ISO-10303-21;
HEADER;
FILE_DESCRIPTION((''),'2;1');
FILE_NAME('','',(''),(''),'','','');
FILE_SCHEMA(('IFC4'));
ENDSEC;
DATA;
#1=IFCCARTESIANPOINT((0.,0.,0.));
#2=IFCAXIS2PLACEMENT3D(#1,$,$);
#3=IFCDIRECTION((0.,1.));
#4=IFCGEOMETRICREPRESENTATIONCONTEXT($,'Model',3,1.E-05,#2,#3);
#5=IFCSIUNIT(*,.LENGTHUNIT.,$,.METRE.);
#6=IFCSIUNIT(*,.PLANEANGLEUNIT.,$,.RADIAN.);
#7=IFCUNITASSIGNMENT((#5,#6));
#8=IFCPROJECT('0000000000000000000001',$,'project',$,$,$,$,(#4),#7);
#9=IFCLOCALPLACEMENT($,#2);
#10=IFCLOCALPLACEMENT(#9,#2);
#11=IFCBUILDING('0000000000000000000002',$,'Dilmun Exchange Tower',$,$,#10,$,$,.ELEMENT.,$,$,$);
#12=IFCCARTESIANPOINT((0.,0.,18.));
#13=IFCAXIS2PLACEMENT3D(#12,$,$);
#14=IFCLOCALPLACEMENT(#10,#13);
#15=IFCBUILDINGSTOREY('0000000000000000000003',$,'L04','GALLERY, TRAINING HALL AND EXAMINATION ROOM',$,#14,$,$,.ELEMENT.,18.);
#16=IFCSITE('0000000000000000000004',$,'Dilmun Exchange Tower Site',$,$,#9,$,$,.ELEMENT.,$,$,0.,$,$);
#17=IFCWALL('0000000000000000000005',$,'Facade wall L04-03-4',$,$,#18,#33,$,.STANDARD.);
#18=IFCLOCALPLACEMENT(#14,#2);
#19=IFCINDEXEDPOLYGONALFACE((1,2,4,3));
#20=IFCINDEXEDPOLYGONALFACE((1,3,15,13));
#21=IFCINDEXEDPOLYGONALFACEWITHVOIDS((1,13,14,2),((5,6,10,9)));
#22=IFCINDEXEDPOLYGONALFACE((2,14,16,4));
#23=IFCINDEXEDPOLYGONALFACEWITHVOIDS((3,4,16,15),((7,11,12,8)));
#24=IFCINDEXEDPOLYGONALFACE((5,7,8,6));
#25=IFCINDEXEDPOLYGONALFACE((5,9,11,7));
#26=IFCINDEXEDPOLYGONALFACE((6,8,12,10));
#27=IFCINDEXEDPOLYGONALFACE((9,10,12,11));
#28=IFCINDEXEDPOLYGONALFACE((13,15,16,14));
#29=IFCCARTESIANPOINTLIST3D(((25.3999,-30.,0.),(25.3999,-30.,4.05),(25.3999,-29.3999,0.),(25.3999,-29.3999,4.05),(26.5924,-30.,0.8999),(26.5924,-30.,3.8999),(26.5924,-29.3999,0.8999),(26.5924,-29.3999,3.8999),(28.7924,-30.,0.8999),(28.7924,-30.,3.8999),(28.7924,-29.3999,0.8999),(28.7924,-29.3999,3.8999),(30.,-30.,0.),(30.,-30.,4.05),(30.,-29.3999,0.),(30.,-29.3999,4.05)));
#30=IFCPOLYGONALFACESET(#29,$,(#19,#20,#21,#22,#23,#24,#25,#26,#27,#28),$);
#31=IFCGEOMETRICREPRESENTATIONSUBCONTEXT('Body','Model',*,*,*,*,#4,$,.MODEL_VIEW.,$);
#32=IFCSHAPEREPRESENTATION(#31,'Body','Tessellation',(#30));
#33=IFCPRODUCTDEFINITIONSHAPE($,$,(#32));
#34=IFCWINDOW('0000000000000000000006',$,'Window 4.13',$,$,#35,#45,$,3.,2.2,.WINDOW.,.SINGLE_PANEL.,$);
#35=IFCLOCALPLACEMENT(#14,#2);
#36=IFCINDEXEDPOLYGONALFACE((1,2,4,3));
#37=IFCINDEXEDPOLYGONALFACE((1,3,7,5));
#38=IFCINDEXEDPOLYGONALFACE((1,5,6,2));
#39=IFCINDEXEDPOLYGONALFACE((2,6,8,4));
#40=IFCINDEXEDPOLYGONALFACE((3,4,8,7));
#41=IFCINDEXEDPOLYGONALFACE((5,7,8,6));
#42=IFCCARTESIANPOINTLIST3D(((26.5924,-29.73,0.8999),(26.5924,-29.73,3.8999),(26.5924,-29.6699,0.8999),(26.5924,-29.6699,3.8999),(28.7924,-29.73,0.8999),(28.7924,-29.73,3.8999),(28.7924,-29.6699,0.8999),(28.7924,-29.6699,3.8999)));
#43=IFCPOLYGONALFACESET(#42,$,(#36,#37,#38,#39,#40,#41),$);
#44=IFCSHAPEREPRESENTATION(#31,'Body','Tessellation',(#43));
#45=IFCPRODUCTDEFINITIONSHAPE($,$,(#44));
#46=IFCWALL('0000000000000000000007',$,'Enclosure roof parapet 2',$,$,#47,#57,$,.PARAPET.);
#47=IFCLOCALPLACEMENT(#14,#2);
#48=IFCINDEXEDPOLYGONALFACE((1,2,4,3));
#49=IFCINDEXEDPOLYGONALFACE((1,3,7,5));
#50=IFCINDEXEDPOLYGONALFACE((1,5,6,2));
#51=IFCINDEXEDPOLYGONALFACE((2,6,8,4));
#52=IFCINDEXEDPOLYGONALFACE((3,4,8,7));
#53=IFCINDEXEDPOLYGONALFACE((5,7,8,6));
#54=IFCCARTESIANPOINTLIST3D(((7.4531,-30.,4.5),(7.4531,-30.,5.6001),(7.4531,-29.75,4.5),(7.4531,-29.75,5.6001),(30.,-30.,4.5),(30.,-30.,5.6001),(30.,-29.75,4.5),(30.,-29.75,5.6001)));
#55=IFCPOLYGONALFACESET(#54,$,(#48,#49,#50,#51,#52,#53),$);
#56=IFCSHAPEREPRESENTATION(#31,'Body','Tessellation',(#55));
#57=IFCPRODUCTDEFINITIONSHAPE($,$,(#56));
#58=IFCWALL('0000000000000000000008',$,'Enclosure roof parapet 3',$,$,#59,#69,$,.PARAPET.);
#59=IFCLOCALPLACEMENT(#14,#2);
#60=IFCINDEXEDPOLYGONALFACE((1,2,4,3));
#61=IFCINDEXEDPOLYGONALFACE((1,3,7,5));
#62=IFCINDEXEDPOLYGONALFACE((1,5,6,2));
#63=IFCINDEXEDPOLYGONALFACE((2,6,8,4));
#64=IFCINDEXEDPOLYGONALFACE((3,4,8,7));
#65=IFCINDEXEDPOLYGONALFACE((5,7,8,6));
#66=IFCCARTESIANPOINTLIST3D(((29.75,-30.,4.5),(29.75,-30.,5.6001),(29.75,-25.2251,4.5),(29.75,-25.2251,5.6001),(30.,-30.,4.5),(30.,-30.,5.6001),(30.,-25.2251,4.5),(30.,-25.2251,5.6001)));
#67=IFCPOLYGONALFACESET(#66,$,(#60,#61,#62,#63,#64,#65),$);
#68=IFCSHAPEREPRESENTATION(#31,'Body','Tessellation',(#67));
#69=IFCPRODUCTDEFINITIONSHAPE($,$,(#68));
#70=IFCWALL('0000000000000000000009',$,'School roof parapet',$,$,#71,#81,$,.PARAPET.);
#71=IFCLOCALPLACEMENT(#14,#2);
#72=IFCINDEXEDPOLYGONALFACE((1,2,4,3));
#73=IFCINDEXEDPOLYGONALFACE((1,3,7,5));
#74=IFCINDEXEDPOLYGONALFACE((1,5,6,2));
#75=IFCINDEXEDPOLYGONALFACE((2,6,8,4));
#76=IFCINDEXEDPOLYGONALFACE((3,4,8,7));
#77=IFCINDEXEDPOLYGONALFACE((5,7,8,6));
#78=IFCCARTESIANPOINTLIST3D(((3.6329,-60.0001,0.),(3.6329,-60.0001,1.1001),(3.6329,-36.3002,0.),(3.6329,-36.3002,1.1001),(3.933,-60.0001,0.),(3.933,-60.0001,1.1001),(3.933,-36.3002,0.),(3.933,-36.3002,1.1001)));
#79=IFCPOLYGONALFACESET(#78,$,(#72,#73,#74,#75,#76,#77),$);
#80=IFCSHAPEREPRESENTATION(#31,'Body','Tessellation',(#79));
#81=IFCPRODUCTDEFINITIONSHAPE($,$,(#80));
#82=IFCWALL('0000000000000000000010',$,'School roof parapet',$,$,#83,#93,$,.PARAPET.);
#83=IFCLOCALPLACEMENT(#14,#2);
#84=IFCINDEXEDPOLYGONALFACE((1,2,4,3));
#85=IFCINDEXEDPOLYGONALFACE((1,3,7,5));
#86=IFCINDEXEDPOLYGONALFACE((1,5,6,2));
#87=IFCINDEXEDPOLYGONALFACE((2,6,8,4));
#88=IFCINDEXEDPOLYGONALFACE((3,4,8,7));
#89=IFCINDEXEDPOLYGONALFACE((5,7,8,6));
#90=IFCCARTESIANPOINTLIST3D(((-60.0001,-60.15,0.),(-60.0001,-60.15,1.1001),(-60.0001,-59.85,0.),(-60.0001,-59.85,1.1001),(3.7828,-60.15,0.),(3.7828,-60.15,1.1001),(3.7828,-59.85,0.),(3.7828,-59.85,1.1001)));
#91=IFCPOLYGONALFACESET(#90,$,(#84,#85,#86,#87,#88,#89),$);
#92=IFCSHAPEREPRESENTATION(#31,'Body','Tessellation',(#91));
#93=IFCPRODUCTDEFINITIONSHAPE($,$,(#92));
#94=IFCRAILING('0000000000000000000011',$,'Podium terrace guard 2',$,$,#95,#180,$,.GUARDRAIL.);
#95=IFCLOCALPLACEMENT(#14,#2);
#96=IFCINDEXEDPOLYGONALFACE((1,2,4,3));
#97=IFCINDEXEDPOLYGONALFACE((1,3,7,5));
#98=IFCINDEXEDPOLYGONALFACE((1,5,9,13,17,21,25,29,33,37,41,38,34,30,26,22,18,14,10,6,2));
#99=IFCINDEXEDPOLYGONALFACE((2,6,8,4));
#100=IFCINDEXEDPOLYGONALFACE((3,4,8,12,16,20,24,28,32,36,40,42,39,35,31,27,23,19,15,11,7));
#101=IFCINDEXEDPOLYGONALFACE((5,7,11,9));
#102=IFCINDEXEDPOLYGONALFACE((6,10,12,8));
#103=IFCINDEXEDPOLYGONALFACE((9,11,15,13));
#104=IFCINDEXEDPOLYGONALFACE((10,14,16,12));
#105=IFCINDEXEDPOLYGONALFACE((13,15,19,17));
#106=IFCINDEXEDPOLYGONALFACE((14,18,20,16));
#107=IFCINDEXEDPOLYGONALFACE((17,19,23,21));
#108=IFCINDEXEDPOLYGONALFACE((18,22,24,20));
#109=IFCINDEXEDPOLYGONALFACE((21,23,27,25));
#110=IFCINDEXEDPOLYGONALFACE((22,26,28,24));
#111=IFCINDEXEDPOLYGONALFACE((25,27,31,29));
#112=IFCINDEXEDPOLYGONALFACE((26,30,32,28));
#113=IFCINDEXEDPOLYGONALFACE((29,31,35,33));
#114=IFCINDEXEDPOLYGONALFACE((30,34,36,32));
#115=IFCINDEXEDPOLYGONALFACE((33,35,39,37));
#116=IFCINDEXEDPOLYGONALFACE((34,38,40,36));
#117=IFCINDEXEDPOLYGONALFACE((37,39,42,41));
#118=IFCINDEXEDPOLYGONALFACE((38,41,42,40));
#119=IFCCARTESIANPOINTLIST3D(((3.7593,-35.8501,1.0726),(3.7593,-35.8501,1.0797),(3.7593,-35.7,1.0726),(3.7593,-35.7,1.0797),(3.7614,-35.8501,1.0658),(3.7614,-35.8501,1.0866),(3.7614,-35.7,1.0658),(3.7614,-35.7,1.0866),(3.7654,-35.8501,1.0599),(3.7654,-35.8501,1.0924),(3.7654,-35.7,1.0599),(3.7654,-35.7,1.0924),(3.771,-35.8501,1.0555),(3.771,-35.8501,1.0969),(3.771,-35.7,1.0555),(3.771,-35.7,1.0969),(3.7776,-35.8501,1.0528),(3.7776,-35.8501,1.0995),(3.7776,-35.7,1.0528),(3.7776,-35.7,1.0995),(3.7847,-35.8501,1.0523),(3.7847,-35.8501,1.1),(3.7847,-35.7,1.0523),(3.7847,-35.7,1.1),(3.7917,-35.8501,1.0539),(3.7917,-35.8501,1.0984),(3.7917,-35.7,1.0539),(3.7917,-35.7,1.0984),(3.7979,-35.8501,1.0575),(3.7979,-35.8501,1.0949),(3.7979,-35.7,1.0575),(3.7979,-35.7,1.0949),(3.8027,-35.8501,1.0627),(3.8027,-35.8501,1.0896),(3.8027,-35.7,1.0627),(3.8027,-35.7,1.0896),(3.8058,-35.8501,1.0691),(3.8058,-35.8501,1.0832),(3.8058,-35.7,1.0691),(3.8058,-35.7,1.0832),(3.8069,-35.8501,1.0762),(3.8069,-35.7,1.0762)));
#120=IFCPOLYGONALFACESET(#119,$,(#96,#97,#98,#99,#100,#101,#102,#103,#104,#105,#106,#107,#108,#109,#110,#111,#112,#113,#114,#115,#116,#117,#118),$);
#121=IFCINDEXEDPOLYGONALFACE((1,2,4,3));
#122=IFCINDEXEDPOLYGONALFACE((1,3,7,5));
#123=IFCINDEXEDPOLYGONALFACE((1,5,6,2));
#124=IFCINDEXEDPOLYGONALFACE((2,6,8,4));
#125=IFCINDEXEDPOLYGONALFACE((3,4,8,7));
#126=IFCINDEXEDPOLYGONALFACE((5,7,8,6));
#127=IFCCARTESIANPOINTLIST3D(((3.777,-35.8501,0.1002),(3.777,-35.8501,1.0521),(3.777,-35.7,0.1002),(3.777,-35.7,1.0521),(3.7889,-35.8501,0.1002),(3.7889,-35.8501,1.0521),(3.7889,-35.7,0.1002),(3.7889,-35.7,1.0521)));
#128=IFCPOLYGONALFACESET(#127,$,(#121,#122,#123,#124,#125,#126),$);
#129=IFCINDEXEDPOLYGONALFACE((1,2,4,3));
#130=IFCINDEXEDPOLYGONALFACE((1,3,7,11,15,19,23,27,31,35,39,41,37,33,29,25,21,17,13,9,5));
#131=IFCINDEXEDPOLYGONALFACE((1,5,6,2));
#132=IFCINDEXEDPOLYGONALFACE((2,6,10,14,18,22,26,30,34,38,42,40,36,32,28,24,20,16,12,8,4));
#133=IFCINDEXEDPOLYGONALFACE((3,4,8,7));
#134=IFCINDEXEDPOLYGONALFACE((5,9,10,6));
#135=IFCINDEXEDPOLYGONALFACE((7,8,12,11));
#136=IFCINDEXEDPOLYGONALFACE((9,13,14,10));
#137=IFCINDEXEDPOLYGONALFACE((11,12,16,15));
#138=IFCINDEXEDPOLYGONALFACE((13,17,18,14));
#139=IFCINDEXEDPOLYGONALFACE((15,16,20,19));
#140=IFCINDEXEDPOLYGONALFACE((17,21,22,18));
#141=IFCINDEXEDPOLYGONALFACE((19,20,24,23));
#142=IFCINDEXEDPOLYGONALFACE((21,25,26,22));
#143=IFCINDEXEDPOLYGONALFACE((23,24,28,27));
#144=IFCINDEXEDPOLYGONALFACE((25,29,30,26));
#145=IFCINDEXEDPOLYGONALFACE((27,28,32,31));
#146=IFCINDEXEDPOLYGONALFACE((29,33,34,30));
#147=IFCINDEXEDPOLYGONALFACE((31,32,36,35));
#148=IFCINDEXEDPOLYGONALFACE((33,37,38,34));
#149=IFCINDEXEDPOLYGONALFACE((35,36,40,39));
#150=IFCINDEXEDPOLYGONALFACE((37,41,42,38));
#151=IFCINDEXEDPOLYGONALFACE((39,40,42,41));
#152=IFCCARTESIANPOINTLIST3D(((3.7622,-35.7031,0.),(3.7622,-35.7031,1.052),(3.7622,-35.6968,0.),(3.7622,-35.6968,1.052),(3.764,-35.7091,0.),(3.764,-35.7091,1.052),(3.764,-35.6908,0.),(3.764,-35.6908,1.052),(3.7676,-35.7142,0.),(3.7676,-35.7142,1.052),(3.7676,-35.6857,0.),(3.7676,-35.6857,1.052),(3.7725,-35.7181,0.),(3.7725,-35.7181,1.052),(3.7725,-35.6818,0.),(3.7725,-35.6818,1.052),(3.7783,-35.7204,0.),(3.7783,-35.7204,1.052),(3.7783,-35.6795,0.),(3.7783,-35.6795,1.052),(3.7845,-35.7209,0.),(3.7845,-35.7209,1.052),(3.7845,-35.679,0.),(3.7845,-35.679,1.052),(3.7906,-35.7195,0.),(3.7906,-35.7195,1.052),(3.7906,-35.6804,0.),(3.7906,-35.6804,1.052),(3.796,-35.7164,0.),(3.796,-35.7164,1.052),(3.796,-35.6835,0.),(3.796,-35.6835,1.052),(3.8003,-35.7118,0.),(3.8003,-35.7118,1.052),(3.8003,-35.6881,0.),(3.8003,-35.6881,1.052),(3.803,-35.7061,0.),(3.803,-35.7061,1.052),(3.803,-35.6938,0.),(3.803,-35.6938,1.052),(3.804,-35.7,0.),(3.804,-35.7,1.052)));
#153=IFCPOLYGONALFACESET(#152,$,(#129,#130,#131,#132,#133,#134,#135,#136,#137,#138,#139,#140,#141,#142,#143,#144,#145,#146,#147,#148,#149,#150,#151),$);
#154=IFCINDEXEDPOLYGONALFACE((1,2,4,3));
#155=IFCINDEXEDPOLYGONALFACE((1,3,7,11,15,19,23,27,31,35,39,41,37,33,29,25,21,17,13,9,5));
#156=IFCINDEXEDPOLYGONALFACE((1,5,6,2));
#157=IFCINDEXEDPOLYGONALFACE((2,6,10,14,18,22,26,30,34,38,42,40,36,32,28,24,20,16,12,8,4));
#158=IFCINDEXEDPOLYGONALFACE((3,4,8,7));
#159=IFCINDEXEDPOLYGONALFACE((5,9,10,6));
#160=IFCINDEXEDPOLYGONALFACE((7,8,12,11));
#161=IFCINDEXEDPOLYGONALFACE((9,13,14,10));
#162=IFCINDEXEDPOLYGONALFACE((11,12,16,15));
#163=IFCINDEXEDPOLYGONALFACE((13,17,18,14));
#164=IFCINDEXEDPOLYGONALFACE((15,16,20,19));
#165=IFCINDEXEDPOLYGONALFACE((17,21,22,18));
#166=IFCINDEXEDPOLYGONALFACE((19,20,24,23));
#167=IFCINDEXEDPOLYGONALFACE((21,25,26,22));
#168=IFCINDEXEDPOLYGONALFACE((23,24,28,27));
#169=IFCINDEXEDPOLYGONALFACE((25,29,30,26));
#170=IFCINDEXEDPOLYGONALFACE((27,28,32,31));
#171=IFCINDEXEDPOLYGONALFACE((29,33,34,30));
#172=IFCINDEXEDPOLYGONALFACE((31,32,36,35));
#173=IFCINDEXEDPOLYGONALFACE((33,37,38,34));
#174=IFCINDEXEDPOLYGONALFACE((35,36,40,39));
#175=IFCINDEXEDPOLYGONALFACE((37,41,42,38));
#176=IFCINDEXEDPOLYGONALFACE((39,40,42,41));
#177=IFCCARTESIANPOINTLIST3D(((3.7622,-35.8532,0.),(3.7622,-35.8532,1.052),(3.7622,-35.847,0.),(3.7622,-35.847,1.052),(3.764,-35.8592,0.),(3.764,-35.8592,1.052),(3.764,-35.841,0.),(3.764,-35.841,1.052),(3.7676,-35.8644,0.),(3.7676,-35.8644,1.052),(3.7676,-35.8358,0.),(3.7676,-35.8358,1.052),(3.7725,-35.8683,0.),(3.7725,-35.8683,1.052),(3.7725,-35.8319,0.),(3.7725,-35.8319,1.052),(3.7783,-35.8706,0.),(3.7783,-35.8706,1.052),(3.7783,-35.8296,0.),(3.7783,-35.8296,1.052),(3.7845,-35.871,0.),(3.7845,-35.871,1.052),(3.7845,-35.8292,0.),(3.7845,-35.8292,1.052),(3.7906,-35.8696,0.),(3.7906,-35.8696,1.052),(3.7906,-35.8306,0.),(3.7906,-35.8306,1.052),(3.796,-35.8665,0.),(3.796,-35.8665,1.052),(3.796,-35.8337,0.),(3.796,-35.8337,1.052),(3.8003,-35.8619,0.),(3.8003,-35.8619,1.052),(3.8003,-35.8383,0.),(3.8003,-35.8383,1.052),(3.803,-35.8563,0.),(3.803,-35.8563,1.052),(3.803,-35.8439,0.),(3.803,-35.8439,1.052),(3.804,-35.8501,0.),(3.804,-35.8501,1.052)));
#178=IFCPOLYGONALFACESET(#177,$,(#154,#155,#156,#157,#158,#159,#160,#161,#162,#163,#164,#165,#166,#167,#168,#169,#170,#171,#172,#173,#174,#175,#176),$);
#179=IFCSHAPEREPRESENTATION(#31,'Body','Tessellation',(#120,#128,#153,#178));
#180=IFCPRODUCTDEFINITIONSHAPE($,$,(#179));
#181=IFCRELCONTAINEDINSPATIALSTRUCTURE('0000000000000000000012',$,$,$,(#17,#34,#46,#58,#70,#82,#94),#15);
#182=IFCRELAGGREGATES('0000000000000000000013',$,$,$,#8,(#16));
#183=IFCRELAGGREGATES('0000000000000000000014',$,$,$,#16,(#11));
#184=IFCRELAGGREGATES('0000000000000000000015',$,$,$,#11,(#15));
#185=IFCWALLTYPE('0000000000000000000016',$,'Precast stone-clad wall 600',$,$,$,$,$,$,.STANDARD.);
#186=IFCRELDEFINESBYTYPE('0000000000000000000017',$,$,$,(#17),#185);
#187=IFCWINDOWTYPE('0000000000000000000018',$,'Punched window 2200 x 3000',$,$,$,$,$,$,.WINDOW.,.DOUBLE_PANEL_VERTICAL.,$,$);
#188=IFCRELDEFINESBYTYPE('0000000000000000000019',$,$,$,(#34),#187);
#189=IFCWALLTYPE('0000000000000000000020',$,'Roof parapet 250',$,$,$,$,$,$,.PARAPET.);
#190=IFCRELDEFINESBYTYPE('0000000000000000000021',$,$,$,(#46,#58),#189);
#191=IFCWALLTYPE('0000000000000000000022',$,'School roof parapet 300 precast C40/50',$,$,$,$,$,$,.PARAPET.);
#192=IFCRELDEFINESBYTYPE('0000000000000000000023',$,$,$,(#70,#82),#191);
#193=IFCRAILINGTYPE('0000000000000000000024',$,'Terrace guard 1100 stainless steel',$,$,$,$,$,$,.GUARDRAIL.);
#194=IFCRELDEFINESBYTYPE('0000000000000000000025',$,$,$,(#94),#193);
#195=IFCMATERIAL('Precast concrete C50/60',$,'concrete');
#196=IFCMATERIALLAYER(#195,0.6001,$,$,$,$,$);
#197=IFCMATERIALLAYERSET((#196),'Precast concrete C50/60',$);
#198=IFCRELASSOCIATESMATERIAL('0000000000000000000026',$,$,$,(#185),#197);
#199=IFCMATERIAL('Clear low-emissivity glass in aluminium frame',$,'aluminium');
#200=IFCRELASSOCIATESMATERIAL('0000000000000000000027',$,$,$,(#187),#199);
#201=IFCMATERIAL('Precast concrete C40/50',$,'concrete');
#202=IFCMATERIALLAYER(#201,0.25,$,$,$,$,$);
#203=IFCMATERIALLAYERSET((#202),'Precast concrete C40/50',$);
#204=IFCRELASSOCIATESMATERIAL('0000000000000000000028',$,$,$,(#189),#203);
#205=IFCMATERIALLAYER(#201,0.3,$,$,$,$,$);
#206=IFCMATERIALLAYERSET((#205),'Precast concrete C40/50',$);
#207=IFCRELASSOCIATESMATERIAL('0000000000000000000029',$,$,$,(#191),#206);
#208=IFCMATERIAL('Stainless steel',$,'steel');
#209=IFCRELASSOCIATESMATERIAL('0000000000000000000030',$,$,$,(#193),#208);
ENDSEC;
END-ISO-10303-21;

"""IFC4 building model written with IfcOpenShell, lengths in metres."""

from ifc_helpers import new_model, si_unit, direction, frame, frame_2d, origin, origin_2d, place, context, subcontext, project, spatial, rectangle, circle, extrude, material, layer, layer_set, type_object, element, fill, save


model = new_model("IFC4")

# Units and contexts
model_context = context("Model", 3, precision=1e-05, world=origin(), true_north=direction((0.0, 1.0)))
body_context = subcontext(model_context, "Body", "Model", "MODEL_VIEW")
ifc_project = project(units=[si_unit("LENGTHUNIT", "METRE"), si_unit("PLANEANGLEUNIT", "RADIAN")], contexts=[model_context])

# Site, building, storey
site_placement = place(None, origin())
site = spatial("IfcSite", under=ifc_project, at=site_placement, Name="Dilmun Exchange Tower Site", CompositionType="ELEMENT", RefElevation=0.0)
building_placement = place(site_placement, origin())
building = spatial("IfcBuilding", under=site, at=building_placement, Name="Dilmun Exchange Tower", CompositionType="ELEMENT")
storey_placement = place(building_placement, frame((0.0, 0.0, 18.0)))
storey = spatial("IfcBuildingStorey", under=building, at=storey_placement, Name="L04", Description="GALLERY, TRAINING HALL AND EXAMINATION ROOM", CompositionType="ELEMENT", Elevation=18.0)

# Shared definitions
ifc_material_1 = material(Name="Stainless steel", Category="steel")

# Shared definitions
ifc_material_2 = material(Name="Precast concrete C50/60", Category="concrete")
ifc_layer_1 = layer(ifc_material_2, 0.6001)
ifc_layer_set_1 = layer_set([ifc_layer_1], Name="Precast concrete C50/60")
wall_type_1 = type_object("IfcWallType", Name="Precast stone-clad wall 600", PredefinedType="STANDARD", material=ifc_layer_set_1)
ifc_material_3 = material(Name="Clear low-emissivity glass in aluminium frame", Category="aluminium")
window_type = type_object("IfcWindowType", Name="Punched window 2200 x 3000", PartitioningType="DOUBLE_PANEL_VERTICAL", PredefinedType="WINDOW", material=ifc_material_3)

# Wall, opening, window
wall_1_placement = place(storey_placement, frame((25.3999, -29.7, 0.0), z_axis=(0.0, 0.0, 1.0), x_axis=(1.0, 0.0, 0.0)))
wall_1 = element("IfcWall", 1, at=wall_1_placement, inside=storey, type_object=wall_type_1, Name="Facade wall L04-03-4", PredefinedType="STANDARD", context=body_context, shape_type="SweptSolid", body=[
    extrude(rectangle(XDim=4.6001, YDim=0.6001, at=frame_2d((2.3, 0.0))), origin(), (0.0, 0.0, 1.0), 4.05),
])
opening_1_placement = place(wall_1_placement, frame((1.1924, 0.0, 0.8999)))
opening_1 = element("IfcOpeningElement", 2, at=opening_1_placement, cuts=wall_1, PredefinedType="OPENING", context=body_context, shape_type="SweptSolid", body=[
    extrude(rectangle(XDim=2.2, YDim=3.0, at=frame_2d((1.1001, 1.5))), frame((0.0, 0.3101, 0.0), z_axis=(0.0, -1.0, 0.0), x_axis=(1.0, 0.0, 0.0)), (0.0, 0.0, 1.0), 0.6201),
])
window_1_placement = place(opening_1_placement, origin())
window_1 = element("IfcWindow", 3, at=window_1_placement, inside=storey, type_object=window_type, Name="Window 4.13", OverallHeight=3.0, OverallWidth=2.2, PartitioningType="SINGLE_PANEL", PredefinedType="WINDOW", context=body_context, shape_type="SweptSolid", body=[
    extrude(rectangle(XDim=2.2, YDim=3.0, at=frame_2d((1.1001, 1.5))), frame((0.0, 0.03, 0.0), z_axis=(0.0, -1.0, 0.0), x_axis=(1.0, 0.0, 0.0)), (0.0, 0.0, 1.0), 0.0601),
])
fill(opening_1, window_1)

# Walls
ifc_material_4 = material(Name="Precast concrete C40/50", Category="concrete")
ifc_layer_2 = layer(ifc_material_4, 0.25)
ifc_layer_set_2 = layer_set([ifc_layer_2], Name="Precast concrete C40/50")
wall_type_2 = type_object("IfcWallType", Name="Roof parapet 250", PredefinedType="PARAPET", material=ifc_layer_set_2)
wall_2_placement = place(storey_placement, frame((7.4531, -29.875, 4.5), z_axis=(0.0, 0.0, 1.0), x_axis=(1.0, 0.0, 0.0)))
element("IfcWall", 4, at=wall_2_placement, inside=storey, type_object=wall_type_2, Name="Enclosure roof parapet 2", PredefinedType="PARAPET", context=body_context, shape_type="SweptSolid", body=[
    extrude(rectangle(XDim=22.5469, YDim=0.25, at=frame_2d((11.2734, 0.0))), origin(), (0.0, 0.0, 1.0), 1.1001),
])
wall_3_placement = place(storey_placement, frame((29.875, -30.0, 4.5), z_axis=(0.0, 0.0, 1.0), x_axis=(0.0, 1.0, 0.0)))
element("IfcWall", 5, at=wall_3_placement, inside=storey, type_object=wall_type_2, Name="Enclosure roof parapet 3", PredefinedType="PARAPET", context=body_context, shape_type="SweptSolid", body=[
    extrude(rectangle(XDim=4.7749, YDim=0.25, at=frame_2d((2.3875, 0.0))), origin(), (0.0, 0.0, 1.0), 1.1001),
])
ifc_layer_3 = layer(ifc_material_4, 0.3)
ifc_layer_set_3 = layer_set([ifc_layer_3], Name="Precast concrete C40/50")
wall_type_3 = type_object("IfcWallType", Name="School roof parapet 300 precast C40/50", PredefinedType="PARAPET", material=ifc_layer_set_3)
wall_4_placement = place(storey_placement, frame((3.783, -36.3, 0.0), z_axis=(0.0, 0.0, 1.0), x_axis=(0.0, -1.0, 0.0)))
element("IfcWall", 6, at=wall_4_placement, inside=storey, type_object=wall_type_3, Name="School roof parapet", PredefinedType="PARAPET", context=body_context, shape_type="SweptSolid", body=[
    extrude(rectangle(XDim=23.7, YDim=0.3, at=frame_2d((11.8501, 0.0))), origin(), (0.0, 0.0, 1.0), 1.1001),
])
wall_5_placement = place(storey_placement, frame((3.783, -60.0, 0.0), z_axis=(0.0, 0.0, 1.0), x_axis=(-1.0, 0.0, 0.0)))
element("IfcWall", 7, at=wall_5_placement, inside=storey, type_object=wall_type_3, Name="School roof parapet", PredefinedType="PARAPET", context=body_context, shape_type="SweptSolid", body=[
    extrude(rectangle(XDim=63.783, YDim=0.3, at=frame_2d((31.8916, 0.0))), origin(), (0.0, 0.0, 1.0), 1.1001),
])

# Railing
railing_type = type_object("IfcRailingType", Name="Terrace guard 1100 stainless steel", PredefinedType="GUARDRAIL", material=ifc_material_1)
railing_1_placement = place(storey_placement, frame((3.783, -35.7, 0.0)))
element("IfcRailing", 8, at=railing_1_placement, inside=storey, type_object=railing_type, Name="Podium terrace guard 2", PredefinedType="GUARDRAIL", context=body_context, shape_type="SweptSolid", body=[
    extrude(circle(Radius=0.0239, at=origin_2d()), frame((0.0, 0.0, 1.0762), z_axis=(0.0, -1.0, 0.0), x_axis=(1.0, 0.0, 0.0)), (0.0, 0.0, 1.0), 0.1501),
    extrude(rectangle(XDim=0.012, YDim=0.9519, at=origin_2d()), frame((0.0, 0.0, 0.5762), z_axis=(0.0, -1.0, 0.0), x_axis=(1.0, 0.0, 0.0)), (0.0, 0.0, 1.0), 0.1501),
    extrude(circle(Radius=0.021, at=origin_2d()), origin(), (0.0, 0.0, 1.0), 1.052),
    extrude(circle(Radius=0.021, at=origin_2d()), frame((0.0, -0.1501, 0.0)), (0.0, 0.0, 1.0), 1.052),
])

save(model, "model.ifc")
